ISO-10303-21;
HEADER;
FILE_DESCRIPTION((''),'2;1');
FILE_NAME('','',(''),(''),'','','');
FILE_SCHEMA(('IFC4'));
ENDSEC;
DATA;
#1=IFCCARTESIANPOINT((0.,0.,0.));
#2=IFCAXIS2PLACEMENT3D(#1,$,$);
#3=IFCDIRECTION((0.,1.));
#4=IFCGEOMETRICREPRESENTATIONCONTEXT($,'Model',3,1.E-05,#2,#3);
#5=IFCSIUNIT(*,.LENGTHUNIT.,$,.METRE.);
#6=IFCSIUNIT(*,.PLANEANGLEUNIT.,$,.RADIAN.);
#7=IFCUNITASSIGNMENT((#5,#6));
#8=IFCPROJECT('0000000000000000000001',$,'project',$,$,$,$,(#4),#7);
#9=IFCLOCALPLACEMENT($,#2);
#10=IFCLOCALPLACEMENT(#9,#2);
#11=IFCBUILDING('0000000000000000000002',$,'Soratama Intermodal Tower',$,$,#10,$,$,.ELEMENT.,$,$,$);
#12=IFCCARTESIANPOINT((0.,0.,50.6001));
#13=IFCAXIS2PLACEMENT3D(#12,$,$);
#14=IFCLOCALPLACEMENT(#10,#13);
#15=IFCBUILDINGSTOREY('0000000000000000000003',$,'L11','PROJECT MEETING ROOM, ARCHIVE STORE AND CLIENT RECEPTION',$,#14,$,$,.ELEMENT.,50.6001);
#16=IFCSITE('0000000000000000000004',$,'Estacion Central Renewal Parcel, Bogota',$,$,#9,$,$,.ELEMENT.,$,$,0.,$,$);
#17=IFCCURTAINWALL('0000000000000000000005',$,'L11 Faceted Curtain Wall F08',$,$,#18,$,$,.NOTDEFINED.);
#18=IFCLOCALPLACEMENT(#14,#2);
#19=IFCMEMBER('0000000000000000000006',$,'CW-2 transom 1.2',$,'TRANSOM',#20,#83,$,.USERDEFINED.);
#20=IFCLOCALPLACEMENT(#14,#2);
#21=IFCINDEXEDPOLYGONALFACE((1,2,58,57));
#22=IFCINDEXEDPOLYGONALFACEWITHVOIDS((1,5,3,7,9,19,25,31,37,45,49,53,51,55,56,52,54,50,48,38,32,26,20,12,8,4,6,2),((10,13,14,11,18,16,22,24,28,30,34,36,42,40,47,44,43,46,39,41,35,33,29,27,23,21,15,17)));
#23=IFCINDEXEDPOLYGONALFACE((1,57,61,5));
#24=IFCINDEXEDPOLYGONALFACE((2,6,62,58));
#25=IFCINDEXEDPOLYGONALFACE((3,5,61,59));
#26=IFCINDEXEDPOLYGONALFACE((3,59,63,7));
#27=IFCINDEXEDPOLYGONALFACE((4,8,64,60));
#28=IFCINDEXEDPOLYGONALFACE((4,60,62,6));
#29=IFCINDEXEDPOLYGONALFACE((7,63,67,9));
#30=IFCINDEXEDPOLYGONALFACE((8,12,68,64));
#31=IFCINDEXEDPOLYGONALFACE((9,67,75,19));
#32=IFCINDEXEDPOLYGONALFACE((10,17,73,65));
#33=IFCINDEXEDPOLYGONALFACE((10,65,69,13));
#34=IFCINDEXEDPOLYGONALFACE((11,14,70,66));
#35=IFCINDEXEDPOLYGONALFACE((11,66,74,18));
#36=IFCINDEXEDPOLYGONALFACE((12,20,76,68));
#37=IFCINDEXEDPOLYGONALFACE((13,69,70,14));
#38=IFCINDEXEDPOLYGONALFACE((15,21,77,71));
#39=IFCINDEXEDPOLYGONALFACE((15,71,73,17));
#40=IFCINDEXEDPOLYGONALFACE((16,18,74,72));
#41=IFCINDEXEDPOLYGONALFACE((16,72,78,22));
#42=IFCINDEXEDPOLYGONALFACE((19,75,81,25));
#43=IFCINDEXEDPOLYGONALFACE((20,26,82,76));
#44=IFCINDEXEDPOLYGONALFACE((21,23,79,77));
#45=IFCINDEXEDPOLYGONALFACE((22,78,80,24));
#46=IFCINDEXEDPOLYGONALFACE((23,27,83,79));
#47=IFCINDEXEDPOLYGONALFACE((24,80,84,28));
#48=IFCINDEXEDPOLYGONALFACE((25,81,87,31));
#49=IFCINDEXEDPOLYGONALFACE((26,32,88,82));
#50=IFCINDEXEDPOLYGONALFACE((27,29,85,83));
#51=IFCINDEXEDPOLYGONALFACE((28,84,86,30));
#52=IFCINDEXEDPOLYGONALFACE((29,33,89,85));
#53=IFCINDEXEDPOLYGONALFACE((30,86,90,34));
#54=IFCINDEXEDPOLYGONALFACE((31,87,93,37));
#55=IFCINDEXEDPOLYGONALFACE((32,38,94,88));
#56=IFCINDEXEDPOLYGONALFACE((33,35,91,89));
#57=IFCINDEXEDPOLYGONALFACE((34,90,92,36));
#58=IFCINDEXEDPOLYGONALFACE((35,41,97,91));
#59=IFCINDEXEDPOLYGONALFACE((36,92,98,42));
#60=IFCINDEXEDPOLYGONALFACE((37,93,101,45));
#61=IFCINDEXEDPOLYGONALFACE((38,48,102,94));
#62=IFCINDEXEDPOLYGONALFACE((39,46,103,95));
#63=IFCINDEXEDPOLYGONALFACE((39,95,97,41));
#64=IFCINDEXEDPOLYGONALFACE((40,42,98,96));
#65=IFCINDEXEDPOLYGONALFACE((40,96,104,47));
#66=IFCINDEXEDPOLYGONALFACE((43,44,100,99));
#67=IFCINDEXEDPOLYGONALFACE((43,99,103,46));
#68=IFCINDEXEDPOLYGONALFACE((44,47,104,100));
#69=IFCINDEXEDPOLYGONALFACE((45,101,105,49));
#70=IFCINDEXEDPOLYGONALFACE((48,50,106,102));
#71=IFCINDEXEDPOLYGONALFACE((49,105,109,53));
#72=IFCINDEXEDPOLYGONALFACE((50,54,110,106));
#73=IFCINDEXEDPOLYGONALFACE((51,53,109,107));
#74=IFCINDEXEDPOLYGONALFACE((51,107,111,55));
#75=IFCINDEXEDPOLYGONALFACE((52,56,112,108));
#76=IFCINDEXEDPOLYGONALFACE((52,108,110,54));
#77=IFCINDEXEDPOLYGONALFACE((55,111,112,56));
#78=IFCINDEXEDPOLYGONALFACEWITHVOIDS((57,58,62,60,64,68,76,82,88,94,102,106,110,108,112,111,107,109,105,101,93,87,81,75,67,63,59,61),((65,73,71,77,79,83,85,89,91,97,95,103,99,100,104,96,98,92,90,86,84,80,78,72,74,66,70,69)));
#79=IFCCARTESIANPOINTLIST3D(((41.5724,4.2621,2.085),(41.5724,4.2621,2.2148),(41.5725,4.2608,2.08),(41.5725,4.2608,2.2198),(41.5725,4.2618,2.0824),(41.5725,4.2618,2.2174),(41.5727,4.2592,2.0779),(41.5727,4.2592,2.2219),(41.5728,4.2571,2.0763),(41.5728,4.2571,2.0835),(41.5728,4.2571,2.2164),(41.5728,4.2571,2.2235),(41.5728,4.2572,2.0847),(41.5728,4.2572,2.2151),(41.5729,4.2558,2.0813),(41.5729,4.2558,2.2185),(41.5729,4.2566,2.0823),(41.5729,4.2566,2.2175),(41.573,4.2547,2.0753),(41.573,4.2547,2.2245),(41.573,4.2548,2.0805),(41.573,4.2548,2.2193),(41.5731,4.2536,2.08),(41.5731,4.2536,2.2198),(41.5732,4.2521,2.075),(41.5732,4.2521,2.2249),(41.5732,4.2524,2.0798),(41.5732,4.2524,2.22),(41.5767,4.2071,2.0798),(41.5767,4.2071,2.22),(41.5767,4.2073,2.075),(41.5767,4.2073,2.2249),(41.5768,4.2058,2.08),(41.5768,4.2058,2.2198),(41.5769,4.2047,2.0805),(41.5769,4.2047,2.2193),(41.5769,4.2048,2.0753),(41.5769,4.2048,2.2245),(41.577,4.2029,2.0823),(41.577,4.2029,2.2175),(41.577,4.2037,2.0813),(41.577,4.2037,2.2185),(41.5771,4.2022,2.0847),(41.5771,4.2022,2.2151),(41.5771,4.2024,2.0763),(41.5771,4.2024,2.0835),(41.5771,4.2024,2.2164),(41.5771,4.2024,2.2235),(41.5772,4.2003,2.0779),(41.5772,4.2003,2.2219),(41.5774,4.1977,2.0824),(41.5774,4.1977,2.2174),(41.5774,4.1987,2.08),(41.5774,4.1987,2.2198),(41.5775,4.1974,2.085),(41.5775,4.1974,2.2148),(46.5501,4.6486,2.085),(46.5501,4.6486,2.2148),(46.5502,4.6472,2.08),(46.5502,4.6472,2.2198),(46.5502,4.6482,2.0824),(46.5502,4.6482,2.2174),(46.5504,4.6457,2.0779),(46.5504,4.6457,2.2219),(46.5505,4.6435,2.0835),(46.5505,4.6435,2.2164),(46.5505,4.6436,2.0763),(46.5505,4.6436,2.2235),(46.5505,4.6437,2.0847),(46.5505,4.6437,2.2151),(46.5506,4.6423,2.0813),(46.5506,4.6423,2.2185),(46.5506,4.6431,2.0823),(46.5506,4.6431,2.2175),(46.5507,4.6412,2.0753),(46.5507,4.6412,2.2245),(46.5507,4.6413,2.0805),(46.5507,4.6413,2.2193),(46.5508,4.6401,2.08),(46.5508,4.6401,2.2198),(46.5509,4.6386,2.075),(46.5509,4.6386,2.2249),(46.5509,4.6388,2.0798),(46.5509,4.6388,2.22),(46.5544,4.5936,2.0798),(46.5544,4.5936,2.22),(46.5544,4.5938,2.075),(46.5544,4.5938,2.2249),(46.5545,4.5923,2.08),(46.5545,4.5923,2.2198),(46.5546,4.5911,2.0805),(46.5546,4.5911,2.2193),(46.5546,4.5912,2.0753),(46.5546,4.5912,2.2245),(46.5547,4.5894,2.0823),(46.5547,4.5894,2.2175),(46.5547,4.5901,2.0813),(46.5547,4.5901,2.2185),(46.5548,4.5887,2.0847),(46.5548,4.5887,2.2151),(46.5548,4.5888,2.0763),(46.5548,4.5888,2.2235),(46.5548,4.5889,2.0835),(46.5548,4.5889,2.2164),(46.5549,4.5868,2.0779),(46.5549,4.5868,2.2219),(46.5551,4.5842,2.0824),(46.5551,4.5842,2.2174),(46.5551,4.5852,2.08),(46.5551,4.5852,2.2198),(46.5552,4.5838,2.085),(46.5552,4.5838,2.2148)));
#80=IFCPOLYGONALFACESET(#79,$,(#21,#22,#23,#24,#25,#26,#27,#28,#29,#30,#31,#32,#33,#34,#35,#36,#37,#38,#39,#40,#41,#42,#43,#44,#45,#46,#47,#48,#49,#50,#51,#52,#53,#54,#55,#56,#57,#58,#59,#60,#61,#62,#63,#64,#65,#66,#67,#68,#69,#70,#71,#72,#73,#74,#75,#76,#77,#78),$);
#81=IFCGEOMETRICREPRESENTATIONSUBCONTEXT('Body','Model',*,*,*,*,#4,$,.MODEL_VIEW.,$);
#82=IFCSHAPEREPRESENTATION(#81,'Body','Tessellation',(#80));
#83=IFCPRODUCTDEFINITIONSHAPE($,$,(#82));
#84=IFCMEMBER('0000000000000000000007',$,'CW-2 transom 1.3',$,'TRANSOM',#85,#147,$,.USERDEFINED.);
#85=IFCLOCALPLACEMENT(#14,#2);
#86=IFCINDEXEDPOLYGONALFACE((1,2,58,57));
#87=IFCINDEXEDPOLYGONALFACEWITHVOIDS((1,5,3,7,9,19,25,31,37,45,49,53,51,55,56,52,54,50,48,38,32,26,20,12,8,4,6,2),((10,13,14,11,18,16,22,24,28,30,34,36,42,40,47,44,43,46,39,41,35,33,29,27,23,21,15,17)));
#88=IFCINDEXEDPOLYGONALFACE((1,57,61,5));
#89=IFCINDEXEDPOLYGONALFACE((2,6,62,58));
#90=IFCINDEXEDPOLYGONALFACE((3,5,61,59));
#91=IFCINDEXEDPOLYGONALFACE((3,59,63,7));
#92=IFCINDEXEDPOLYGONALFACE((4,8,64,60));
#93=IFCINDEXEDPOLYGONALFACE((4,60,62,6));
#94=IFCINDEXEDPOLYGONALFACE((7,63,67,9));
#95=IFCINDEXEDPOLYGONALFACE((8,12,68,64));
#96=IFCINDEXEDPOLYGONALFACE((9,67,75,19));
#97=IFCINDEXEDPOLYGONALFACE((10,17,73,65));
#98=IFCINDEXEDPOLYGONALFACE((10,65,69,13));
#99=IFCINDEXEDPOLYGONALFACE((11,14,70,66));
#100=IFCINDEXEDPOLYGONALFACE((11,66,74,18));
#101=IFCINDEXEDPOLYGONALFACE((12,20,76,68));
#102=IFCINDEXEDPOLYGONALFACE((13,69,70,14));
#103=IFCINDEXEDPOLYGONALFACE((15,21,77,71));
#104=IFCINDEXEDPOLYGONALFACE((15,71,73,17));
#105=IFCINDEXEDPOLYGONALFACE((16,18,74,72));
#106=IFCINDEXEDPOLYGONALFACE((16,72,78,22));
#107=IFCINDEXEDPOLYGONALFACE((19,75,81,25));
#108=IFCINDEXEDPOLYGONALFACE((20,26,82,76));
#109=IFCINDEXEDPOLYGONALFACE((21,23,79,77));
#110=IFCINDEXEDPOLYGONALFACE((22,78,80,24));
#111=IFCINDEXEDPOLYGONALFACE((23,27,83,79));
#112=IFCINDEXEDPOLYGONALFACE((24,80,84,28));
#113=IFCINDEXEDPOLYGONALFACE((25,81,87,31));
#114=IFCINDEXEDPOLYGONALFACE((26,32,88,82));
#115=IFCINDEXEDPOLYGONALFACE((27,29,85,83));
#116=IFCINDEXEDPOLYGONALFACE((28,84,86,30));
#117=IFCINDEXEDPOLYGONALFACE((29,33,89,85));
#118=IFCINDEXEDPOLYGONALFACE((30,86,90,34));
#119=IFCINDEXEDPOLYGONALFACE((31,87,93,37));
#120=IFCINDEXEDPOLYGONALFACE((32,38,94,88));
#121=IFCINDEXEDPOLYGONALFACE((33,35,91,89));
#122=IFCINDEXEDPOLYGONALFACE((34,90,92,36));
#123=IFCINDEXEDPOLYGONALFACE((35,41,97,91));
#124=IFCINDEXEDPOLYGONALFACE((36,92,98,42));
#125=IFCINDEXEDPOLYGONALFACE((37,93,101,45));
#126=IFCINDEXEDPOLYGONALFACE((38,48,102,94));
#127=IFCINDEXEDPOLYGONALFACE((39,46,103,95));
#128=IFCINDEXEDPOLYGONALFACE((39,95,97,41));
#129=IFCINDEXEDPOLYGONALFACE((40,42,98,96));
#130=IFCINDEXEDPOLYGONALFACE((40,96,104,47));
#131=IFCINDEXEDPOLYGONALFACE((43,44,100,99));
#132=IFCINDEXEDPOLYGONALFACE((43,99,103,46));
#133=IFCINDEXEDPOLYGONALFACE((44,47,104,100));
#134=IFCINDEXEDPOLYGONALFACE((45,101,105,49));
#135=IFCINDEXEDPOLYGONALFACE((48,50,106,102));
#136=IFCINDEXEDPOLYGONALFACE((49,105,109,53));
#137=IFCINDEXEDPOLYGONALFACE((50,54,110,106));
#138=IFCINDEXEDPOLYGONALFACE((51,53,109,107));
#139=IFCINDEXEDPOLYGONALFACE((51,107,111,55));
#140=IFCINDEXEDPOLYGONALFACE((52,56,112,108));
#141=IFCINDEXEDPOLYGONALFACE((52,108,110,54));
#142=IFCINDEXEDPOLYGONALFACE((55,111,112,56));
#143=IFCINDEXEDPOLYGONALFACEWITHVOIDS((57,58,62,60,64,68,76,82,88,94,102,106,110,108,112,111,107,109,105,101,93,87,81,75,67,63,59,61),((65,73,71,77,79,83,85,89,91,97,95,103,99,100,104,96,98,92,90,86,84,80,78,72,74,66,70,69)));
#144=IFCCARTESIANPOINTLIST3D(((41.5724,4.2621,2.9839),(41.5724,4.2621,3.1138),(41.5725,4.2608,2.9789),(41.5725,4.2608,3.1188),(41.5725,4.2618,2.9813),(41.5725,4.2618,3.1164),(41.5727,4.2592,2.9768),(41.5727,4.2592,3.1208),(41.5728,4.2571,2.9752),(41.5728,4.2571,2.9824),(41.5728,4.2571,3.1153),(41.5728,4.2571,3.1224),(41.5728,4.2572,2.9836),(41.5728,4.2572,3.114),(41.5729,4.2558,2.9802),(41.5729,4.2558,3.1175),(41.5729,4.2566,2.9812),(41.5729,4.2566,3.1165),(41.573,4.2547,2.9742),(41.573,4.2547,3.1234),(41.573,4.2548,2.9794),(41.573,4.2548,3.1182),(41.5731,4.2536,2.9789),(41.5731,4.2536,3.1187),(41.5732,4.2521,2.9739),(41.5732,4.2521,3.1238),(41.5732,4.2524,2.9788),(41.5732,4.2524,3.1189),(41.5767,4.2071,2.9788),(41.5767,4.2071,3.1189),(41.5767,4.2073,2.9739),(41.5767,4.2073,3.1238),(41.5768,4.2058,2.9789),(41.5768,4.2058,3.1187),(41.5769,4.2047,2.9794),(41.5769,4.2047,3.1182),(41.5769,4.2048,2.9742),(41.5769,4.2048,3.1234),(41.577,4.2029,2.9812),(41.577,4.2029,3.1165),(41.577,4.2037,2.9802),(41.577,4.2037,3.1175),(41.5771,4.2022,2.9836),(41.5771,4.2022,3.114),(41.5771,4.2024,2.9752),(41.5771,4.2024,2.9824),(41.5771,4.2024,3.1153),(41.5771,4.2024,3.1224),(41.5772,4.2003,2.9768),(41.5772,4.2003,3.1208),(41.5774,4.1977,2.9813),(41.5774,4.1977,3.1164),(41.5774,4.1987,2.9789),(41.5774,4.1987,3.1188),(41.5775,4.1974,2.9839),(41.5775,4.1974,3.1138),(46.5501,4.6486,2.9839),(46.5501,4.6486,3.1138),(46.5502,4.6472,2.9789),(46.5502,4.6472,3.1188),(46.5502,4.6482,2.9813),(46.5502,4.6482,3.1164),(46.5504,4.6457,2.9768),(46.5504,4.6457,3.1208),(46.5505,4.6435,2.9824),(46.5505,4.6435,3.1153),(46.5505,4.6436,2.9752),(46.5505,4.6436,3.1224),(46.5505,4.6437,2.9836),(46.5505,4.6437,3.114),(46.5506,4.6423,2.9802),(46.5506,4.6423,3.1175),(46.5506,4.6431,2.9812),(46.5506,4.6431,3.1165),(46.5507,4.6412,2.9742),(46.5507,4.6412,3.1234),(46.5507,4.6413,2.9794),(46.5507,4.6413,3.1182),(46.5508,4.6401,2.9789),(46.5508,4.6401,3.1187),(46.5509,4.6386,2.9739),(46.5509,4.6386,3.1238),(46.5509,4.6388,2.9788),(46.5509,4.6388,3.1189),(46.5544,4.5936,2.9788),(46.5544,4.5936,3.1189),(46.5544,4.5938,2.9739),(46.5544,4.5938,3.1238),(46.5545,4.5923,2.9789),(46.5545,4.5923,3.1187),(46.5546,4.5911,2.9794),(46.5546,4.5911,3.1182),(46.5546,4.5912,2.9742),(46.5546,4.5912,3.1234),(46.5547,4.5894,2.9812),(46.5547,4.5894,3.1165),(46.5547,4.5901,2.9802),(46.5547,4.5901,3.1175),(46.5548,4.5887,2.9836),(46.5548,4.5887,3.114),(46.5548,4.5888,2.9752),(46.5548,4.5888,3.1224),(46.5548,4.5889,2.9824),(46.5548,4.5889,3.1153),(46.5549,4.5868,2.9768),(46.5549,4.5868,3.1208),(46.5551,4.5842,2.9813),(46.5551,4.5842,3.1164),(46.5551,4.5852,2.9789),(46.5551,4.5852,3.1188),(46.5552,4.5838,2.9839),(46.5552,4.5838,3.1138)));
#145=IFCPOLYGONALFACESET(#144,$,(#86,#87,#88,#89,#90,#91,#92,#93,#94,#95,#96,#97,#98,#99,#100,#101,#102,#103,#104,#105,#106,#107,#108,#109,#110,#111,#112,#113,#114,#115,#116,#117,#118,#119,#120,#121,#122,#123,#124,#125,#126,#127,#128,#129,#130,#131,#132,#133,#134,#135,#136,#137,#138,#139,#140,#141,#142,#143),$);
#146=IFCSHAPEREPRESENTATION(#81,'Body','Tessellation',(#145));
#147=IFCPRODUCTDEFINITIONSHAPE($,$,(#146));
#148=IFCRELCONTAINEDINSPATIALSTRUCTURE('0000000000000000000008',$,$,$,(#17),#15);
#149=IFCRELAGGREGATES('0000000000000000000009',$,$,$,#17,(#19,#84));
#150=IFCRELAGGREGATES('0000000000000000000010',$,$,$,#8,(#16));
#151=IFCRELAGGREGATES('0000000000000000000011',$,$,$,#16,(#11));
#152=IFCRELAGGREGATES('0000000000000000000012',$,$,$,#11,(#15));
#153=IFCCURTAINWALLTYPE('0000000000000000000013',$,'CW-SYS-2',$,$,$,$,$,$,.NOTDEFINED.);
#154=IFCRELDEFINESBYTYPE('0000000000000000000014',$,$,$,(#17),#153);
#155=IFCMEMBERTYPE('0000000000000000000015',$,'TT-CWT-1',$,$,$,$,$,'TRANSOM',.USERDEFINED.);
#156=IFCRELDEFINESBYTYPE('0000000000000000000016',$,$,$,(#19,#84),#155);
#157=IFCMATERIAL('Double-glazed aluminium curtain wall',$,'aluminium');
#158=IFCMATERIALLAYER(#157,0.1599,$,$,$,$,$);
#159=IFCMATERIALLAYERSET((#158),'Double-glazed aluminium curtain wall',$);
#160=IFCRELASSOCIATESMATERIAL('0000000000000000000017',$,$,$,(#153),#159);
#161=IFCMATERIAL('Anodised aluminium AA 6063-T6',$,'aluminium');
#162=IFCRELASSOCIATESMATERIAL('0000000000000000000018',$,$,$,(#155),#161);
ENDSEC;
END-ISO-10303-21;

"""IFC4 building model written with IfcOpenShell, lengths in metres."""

from ifc_helpers import new_model, si_unit, direction, frame, origin, origin_2d, place, context, subcontext, project, spatial, hollow_rectangle, extrude, material, layer, layer_set, material_profile, profile_set, type_object, element, aggregate, save


model = new_model("IFC4")

# Units and contexts
model_context = context("Model", 3, precision=1e-05, world=origin(), true_north=direction((0.0, 1.0)))
body_context = subcontext(model_context, "Body", "Model", "MODEL_VIEW")
ifc_project = project(units=[si_unit("LENGTHUNIT", "METRE"), si_unit("PLANEANGLEUNIT", "RADIAN")], contexts=[model_context])

# Site, building, storey
site_placement = place(None, origin())
site = spatial("IfcSite", under=ifc_project, at=site_placement, Name="Estacion Central Renewal Parcel, Bogota", CompositionType="ELEMENT", RefElevation=0.0)
building_placement = place(site_placement, origin())
building = spatial("IfcBuilding", under=site, at=building_placement, Name="Soratama Intermodal Tower", CompositionType="ELEMENT")
storey_placement = place(building_placement, frame((0.0, 0.0, 50.6001)))
storey = spatial("IfcBuildingStorey", under=building, at=storey_placement, Name="L11", Description="PROJECT MEETING ROOM, ARCHIVE STORE AND CLIENT RECEPTION", CompositionType="ELEMENT", Elevation=50.6001)

# Curtain wall, members
ifc_material_1 = material(Name="Double-glazed aluminium curtain wall", Category="aluminium")
ifc_layer_1 = layer(ifc_material_1, 0.1599)
ifc_layer_set_1 = layer_set([ifc_layer_1], Name="Double-glazed aluminium curtain wall")
curtain_wall_type = type_object("IfcCurtainWallType", Name="CW-SYS-2", PredefinedType="NOTDEFINED", material=ifc_layer_set_1)
curtain_wall_placement = place(storey_placement, origin())
curtain_wall = element("IfcCurtainWall", 1, at=curtain_wall_placement, inside=storey, type_object=curtain_wall_type, Name="L11 Faceted Curtain Wall F08", PredefinedType="NOTDEFINED")
ifc_material_2 = material(Name="Anodised aluminium AA 6063-T6", Category="aluminium")
ifc_material_profile_1 = material_profile(ifc_material_2, hollow_rectangle(XDim=0.0649, YDim=0.1499, WallThickness=0.0049, InnerFilletRadius=0.0049, OuterFilletRadius=0.01, at=origin_2d()), Name="CWT150X65X5")
ifc_profile_set_1 = profile_set([ifc_material_profile_1], Name="Anodised aluminium AA 6063-T6")
member_type_1 = type_object("IfcMemberType", Name="TT-CWT-1", ElementType="TRANSOM", PredefinedType="USERDEFINED", material=ifc_profile_set_1)
member_1_placement = place(storey_placement, frame((41.575, 4.2297, 2.1499), z_axis=(0.997, 0.077407, 0.0), x_axis=(-0.077407, 0.997, 0.0)))
member_1 = element("IfcMember", 2, at=member_1_placement, type_object=member_type_1, Name="CW-2 transom 1.2", ObjectType="TRANSOM", PredefinedType="USERDEFINED", context=body_context, shape_type="SweptSolid", body=[
    extrude(hollow_rectangle(XDim=0.0649, YDim=0.1499, WallThickness=0.0049, InnerFilletRadius=0.0049, OuterFilletRadius=0.01, at=origin_2d()), origin(), (0.0, 0.0, 1.0), 4.9927),
])
member_2_placement = place(storey_placement, frame((41.575, 4.2297, 3.0488), z_axis=(0.997, 0.077407, 0.0), x_axis=(-0.077407, 0.997, 0.0)))
member_2 = element("IfcMember", 3, at=member_2_placement, type_object=member_type_1, Name="CW-2 transom 1.3", ObjectType="TRANSOM", PredefinedType="USERDEFINED", context=body_context, shape_type="SweptSolid", body=[
    extrude(hollow_rectangle(XDim=0.0649, YDim=0.1499, WallThickness=0.0049, InnerFilletRadius=0.0049, OuterFilletRadius=0.01, at=origin_2d()), origin(), (0.0, 0.0, 1.0), 4.9927),
])
aggregate(curtain_wall, [member_1, member_2])

save(model, "model.ifc")
